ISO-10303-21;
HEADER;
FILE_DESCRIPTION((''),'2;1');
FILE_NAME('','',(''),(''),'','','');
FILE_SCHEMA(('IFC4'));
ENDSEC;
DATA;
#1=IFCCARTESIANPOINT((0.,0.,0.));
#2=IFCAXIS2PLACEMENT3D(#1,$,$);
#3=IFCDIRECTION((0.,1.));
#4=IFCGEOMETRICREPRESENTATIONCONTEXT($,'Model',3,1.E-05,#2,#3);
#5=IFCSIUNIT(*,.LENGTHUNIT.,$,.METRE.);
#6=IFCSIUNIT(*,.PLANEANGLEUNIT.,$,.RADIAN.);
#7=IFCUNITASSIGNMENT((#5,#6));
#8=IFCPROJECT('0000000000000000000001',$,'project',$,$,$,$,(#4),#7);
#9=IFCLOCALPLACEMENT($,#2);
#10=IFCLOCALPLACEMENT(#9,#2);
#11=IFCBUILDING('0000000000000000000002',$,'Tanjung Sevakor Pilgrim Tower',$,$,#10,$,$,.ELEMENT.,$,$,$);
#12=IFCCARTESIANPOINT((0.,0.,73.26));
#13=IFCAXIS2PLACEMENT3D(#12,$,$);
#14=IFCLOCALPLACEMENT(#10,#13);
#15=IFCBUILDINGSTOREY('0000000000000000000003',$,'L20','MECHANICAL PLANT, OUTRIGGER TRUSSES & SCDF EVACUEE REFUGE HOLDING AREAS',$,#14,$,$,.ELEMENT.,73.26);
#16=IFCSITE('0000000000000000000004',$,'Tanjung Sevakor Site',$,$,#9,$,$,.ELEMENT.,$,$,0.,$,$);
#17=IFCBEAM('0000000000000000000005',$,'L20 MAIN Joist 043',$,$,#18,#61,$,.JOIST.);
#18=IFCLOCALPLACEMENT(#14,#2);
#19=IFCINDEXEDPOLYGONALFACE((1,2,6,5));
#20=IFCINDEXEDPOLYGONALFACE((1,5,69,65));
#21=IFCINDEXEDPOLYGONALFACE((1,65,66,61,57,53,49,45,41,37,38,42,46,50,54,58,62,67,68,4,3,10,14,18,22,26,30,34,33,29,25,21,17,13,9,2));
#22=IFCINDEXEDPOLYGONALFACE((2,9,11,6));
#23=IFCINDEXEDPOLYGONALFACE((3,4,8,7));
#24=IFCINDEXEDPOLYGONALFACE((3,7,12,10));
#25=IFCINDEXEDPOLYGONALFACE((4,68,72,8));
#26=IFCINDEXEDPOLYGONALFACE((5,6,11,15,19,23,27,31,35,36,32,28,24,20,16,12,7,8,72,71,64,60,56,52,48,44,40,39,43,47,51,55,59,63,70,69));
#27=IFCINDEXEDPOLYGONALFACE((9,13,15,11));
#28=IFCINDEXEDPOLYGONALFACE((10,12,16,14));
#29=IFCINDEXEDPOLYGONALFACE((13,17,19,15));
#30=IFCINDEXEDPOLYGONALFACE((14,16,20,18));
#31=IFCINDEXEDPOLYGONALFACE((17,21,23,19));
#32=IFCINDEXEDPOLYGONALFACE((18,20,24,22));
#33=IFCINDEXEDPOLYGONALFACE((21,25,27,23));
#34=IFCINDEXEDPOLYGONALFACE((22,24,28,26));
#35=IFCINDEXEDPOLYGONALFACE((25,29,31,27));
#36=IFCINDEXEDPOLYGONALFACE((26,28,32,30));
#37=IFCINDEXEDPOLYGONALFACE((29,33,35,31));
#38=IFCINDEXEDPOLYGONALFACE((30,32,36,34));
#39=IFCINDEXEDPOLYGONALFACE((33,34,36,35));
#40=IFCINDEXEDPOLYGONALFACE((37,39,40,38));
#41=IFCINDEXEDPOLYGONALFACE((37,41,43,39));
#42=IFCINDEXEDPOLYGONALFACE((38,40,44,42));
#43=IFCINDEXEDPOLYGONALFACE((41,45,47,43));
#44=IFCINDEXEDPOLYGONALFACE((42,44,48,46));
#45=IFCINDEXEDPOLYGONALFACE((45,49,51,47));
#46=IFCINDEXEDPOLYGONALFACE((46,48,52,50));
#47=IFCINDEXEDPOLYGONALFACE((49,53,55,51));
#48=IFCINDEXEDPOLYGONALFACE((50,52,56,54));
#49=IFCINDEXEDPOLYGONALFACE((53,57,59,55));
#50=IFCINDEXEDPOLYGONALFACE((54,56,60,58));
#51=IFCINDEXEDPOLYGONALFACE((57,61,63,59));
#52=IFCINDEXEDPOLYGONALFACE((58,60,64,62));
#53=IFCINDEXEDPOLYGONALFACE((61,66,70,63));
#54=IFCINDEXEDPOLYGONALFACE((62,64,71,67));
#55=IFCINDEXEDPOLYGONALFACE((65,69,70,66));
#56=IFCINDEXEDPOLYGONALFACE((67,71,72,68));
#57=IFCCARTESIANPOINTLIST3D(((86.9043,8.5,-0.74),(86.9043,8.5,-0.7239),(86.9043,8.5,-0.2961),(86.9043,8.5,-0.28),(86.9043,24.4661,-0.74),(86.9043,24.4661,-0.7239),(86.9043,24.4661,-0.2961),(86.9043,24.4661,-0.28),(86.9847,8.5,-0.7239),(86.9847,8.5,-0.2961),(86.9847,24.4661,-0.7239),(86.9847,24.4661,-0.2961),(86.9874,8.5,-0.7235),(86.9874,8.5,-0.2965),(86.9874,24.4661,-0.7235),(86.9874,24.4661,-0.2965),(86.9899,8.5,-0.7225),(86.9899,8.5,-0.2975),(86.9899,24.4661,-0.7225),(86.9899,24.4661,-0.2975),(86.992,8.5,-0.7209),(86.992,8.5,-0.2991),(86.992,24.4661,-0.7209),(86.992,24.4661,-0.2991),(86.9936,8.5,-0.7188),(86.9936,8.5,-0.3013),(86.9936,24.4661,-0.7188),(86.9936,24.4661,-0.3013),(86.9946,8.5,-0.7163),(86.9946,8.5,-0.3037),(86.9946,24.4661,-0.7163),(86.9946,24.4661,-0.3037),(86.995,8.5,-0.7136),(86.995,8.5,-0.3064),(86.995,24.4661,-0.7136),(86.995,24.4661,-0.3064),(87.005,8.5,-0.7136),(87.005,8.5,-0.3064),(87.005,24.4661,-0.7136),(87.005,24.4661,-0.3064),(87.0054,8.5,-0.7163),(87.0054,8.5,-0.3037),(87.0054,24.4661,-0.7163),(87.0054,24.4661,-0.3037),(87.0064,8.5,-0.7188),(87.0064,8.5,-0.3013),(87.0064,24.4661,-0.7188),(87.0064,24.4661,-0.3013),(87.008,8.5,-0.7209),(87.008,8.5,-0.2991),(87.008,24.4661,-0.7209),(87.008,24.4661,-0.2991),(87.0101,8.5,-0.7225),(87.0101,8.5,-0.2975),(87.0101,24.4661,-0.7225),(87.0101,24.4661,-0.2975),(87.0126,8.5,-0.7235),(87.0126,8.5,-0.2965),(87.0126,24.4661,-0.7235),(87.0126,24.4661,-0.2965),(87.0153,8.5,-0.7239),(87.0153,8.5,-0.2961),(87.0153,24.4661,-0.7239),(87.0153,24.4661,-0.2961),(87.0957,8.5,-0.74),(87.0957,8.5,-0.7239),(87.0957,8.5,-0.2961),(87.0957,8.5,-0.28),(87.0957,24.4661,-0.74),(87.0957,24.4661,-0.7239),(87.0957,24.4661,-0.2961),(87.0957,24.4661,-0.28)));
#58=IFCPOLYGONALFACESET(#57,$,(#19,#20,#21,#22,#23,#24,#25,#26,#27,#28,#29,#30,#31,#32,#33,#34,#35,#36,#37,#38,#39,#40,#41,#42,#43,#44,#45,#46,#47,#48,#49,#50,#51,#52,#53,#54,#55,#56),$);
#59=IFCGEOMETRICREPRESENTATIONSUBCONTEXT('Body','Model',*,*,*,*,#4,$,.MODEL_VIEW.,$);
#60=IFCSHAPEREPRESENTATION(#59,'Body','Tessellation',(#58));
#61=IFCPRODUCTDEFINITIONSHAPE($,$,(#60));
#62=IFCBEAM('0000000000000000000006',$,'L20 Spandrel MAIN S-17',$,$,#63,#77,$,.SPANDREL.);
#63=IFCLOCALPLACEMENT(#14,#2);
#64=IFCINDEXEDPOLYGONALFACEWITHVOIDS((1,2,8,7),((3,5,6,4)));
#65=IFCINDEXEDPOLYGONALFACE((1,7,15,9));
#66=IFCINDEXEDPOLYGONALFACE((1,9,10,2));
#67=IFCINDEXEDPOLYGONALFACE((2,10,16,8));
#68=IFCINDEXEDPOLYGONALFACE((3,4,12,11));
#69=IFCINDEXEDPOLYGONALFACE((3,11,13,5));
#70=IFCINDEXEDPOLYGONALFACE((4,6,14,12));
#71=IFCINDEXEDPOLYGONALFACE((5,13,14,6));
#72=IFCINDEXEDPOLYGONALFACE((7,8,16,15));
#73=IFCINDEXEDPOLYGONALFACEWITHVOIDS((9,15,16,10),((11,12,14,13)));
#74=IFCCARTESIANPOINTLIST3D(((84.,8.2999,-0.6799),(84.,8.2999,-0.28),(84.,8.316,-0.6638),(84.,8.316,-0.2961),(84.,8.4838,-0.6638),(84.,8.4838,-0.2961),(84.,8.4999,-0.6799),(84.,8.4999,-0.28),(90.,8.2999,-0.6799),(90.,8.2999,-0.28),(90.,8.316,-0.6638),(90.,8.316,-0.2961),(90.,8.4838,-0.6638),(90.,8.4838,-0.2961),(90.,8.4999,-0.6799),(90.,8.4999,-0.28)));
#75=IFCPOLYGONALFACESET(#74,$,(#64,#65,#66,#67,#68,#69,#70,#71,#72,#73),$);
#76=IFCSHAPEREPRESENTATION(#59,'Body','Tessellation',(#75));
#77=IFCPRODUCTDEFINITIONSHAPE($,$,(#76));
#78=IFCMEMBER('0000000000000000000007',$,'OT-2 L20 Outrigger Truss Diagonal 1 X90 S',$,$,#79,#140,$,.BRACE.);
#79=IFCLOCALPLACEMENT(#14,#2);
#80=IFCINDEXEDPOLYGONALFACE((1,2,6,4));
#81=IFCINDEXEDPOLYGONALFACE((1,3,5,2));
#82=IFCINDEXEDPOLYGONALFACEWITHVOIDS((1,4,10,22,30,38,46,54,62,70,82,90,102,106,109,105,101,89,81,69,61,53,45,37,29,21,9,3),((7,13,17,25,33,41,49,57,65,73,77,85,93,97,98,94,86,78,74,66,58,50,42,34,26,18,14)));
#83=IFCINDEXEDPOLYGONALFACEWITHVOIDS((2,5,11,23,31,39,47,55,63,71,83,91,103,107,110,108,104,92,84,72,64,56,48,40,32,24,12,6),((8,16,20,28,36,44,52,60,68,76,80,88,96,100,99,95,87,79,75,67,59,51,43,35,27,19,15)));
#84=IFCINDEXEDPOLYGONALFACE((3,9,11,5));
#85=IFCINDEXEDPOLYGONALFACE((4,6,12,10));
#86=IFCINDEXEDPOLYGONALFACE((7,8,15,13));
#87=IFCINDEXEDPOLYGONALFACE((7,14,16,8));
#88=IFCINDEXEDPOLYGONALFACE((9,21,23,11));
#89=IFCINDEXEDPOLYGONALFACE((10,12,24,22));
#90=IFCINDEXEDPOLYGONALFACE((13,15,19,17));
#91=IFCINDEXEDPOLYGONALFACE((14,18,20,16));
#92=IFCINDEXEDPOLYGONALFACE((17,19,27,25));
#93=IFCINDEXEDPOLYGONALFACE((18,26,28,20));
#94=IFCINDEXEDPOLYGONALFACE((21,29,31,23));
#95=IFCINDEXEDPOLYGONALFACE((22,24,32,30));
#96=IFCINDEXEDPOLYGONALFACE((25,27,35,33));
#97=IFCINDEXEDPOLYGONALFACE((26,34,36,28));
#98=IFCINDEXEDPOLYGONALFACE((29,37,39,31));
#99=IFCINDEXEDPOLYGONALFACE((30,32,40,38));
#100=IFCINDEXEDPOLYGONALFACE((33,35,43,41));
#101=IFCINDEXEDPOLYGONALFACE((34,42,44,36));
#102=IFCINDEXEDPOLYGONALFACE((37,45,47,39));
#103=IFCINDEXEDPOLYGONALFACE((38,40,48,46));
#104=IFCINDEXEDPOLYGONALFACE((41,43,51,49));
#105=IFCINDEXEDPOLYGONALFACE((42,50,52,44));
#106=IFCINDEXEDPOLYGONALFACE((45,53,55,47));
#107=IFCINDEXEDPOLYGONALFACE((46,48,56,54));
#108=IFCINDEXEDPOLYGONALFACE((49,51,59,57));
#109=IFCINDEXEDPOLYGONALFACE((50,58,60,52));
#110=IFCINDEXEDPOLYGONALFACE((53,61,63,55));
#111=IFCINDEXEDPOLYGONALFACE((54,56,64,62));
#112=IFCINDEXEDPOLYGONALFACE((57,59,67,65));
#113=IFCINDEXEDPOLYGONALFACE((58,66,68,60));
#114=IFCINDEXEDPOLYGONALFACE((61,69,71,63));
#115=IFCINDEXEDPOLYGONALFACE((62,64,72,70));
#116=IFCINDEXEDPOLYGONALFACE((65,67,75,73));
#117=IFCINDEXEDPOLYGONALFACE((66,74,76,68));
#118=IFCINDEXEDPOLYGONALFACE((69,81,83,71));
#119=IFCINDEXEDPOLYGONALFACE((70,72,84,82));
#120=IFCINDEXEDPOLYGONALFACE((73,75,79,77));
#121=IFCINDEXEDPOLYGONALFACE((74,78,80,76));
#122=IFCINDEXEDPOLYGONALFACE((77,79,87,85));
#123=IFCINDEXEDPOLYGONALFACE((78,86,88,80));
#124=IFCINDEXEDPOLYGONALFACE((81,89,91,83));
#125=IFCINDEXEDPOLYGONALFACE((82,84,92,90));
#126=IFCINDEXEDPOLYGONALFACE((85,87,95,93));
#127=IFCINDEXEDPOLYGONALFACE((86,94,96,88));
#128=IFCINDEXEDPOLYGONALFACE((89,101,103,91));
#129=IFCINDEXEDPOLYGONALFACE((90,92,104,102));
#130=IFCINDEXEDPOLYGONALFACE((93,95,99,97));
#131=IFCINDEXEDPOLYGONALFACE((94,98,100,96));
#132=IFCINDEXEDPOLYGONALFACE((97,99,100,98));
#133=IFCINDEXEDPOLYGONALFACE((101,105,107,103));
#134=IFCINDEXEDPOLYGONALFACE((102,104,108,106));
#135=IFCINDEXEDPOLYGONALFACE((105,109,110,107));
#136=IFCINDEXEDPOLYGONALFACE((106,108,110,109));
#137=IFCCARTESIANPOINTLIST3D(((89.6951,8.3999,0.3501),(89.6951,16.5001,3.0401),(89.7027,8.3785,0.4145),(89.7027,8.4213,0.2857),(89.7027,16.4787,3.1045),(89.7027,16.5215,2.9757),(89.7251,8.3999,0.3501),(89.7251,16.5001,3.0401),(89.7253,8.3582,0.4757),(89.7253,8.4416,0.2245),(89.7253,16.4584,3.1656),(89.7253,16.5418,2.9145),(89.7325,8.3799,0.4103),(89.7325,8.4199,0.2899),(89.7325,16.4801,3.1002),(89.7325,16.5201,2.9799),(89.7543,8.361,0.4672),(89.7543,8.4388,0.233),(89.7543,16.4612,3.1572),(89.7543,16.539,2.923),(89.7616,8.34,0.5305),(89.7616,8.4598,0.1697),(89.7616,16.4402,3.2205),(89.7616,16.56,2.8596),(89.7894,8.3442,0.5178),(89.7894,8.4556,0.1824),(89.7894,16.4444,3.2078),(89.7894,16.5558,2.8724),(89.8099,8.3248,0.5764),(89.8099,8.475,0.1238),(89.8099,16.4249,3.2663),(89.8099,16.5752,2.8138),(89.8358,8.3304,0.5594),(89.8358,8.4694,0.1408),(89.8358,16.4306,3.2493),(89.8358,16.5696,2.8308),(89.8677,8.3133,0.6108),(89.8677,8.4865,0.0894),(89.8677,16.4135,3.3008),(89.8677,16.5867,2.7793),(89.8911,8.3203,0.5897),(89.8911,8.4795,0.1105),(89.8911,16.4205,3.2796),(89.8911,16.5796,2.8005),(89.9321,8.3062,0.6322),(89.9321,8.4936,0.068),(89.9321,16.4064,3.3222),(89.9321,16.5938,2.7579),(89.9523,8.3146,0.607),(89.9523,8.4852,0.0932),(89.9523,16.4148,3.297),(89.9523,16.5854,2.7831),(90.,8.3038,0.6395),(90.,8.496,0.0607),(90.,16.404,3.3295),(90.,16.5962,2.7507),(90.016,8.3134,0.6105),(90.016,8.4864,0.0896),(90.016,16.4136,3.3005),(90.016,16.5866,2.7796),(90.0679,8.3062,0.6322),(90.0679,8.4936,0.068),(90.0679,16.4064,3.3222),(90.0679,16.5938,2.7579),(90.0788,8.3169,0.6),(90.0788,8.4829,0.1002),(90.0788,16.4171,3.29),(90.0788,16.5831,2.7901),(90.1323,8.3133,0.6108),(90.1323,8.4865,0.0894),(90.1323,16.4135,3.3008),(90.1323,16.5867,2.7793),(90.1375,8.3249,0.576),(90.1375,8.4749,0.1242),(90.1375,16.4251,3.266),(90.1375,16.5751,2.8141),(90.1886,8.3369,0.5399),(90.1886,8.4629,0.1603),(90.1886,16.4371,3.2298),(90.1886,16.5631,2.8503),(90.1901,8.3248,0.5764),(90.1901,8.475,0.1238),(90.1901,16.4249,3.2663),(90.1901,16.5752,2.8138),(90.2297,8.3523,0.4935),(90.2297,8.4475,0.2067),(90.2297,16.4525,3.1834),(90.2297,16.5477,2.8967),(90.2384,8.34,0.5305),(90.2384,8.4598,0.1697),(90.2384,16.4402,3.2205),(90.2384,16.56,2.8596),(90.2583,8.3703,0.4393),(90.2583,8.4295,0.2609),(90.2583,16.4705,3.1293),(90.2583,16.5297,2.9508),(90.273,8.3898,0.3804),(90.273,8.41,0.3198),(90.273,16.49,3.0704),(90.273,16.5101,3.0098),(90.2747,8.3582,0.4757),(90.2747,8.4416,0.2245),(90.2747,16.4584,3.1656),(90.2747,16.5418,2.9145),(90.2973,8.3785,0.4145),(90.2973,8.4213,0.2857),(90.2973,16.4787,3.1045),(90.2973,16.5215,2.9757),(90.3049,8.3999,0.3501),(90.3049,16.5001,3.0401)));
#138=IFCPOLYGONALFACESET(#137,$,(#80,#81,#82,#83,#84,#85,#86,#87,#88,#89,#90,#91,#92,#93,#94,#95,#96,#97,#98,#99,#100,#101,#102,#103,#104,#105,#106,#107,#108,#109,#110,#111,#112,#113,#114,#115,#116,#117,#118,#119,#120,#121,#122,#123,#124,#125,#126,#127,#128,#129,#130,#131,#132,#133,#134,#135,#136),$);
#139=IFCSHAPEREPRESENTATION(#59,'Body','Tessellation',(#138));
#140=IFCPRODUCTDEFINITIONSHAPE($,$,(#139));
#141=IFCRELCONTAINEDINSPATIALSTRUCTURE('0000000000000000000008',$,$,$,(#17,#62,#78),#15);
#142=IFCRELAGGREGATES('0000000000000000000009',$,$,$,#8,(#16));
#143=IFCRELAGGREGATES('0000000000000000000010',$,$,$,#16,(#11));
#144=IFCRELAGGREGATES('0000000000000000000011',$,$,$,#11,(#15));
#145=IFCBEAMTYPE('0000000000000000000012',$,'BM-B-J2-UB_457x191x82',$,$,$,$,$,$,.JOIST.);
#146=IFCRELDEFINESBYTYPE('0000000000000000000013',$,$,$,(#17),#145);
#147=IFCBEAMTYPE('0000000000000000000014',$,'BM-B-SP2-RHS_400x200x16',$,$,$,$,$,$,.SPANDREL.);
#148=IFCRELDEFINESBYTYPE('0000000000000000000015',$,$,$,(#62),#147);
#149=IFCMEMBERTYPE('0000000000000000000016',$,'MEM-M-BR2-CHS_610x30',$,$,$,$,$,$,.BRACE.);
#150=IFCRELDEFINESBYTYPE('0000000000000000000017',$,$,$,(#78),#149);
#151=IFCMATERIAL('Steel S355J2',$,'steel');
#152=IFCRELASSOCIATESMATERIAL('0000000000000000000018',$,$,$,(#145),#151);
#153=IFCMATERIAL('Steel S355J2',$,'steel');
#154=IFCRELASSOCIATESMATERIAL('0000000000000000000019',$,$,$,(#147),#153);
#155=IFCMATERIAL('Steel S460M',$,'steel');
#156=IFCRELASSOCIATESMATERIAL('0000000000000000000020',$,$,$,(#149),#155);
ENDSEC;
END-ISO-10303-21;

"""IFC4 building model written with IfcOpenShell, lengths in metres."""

from ifc_helpers import new_model, si_unit, direction, frame, origin, origin_2d, place, context, subcontext, project, spatial, hollow_rectangle, hollow_circle, i_section, extrude, material, material_profile, profile_set, type_object, element, save


model = new_model("IFC4")

# Units and contexts
model_context = context("Model", 3, precision=1e-05, world=origin(), true_north=direction((0.0, 1.0)))
body_context = subcontext(model_context, "Body", "Model", "MODEL_VIEW")
ifc_project = project(units=[si_unit("LENGTHUNIT", "METRE"), si_unit("PLANEANGLEUNIT", "RADIAN")], contexts=[model_context])

# Site, building, storey
site_placement = place(None, origin())
site = spatial("IfcSite", under=ifc_project, at=site_placement, Name="Tanjung Sevakor Site", CompositionType="ELEMENT", RefElevation=0.0)
building_placement = place(site_placement, origin())
building = spatial("IfcBuilding", under=site, at=building_placement, Name="Tanjung Sevakor Pilgrim Tower", CompositionType="ELEMENT")
storey_placement = place(building_placement, frame((0.0, 0.0, 73.26)))
storey = spatial("IfcBuildingStorey", under=building, at=storey_placement, Name="L20", Description="MECHANICAL PLANT, OUTRIGGER TRUSSES & SCDF EVACUEE REFUGE HOLDING AREAS", CompositionType="ELEMENT", Elevation=73.26)

# Beams
ifc_material_1 = material(Name="Steel S355J2", Category="steel")
ifc_material_profile_1 = material_profile(ifc_material_1, i_section(OverallWidth=0.1914, OverallDepth=0.46, WebThickness=0.01, FlangeThickness=0.0161, FilletRadius=0.0103, at=origin_2d()))
ifc_profile_set_1 = profile_set([ifc_material_profile_1], Name="Steel S355J2")
beam_type_1 = type_object("IfcBeamType", Name="BM-B-J2-UB_457x191x82", PredefinedType="JOIST", material=ifc_profile_set_1)
for number, where, z_axis, x_axis, name in (
    (1, (87.0, 8.5, -0.51), (0.0, 1.0, 0.0), (-1.0, 0.0, 0.0), "L20 MAIN Joist 043"),
):
    element("IfcBeam", number, at=place(storey_placement, frame(where, z_axis=z_axis, x_axis=x_axis)), inside=storey, type_object=beam_type_1, Name=name, PredefinedType="JOIST", context=body_context, shape_type="SweptSolid", body=[
        extrude(i_section(OverallWidth=0.1914, OverallDepth=0.46, WebThickness=0.01, FlangeThickness=0.0161, FilletRadius=0.0103, at=origin_2d()), origin(), (0.0, 0.0, 1.0), 15.9661),
    ])
ifc_material_2 = material(Name="Steel S355J2", Category="steel")
ifc_material_profile_2 = material_profile(ifc_material_2, hollow_rectangle(XDim=0.2, YDim=0.3999, WallThickness=0.0161, at=origin_2d()))
ifc_profile_set_2 = profile_set([ifc_material_profile_2], Name="Steel S355J2")
beam_type_2 = type_object("IfcBeamType", Name="BM-B-SP2-RHS_400x200x16", PredefinedType="SPANDREL", material=ifc_profile_set_2)
beam_1_placement = place(storey_placement, frame((84.0, 8.3999, -0.48), z_axis=(1.0, 0.0, 0.0), x_axis=(0.0, 1.0, 0.0)))
element("IfcBeam", 2, at=beam_1_placement, inside=storey, type_object=beam_type_2, Name="L20 Spandrel MAIN S-17", PredefinedType="SPANDREL", context=body_context, shape_type="SweptSolid", body=[
    extrude(hollow_rectangle(XDim=0.2, YDim=0.3999, WallThickness=0.0161, at=origin_2d()), origin(), (0.0, 0.0, 1.0), 6.0),
])

# Member
ifc_material_3 = material(Name="Steel S460M", Category="steel")
ifc_material_profile_3 = material_profile(ifc_material_3, hollow_circle(Radius=0.3049, WallThickness=0.03, at=origin_2d()))
ifc_profile_set_3 = profile_set([ifc_material_profile_3], Name="Steel S460M")
member_type_1 = type_object("IfcMemberType", Name="MEM-M-BR2-CHS_610x30", PredefinedType="BRACE", material=ifc_profile_set_3)
for number, where, z_axis, x_axis, name in (
    (3, (90.0, 8.3999, 0.3501), (0.0, 0.949037, 0.315163), (-1.0, 0.0, 0.0), "OT-2 L20 Outrigger Truss Diagonal 1 X90 S"),
):
    element("IfcMember", number, at=place(storey_placement, frame(where, z_axis=z_axis, x_axis=x_axis)), inside=storey, type_object=member_type_1, Name=name, PredefinedType="BRACE", context=body_context, shape_type="SweptSolid", body=[
        extrude(hollow_circle(Radius=0.3049, WallThickness=0.03, at=origin_2d()), origin(), (0.0, 0.0, 1.0), 8.5352),
    ])

save(model, "model.ifc")
